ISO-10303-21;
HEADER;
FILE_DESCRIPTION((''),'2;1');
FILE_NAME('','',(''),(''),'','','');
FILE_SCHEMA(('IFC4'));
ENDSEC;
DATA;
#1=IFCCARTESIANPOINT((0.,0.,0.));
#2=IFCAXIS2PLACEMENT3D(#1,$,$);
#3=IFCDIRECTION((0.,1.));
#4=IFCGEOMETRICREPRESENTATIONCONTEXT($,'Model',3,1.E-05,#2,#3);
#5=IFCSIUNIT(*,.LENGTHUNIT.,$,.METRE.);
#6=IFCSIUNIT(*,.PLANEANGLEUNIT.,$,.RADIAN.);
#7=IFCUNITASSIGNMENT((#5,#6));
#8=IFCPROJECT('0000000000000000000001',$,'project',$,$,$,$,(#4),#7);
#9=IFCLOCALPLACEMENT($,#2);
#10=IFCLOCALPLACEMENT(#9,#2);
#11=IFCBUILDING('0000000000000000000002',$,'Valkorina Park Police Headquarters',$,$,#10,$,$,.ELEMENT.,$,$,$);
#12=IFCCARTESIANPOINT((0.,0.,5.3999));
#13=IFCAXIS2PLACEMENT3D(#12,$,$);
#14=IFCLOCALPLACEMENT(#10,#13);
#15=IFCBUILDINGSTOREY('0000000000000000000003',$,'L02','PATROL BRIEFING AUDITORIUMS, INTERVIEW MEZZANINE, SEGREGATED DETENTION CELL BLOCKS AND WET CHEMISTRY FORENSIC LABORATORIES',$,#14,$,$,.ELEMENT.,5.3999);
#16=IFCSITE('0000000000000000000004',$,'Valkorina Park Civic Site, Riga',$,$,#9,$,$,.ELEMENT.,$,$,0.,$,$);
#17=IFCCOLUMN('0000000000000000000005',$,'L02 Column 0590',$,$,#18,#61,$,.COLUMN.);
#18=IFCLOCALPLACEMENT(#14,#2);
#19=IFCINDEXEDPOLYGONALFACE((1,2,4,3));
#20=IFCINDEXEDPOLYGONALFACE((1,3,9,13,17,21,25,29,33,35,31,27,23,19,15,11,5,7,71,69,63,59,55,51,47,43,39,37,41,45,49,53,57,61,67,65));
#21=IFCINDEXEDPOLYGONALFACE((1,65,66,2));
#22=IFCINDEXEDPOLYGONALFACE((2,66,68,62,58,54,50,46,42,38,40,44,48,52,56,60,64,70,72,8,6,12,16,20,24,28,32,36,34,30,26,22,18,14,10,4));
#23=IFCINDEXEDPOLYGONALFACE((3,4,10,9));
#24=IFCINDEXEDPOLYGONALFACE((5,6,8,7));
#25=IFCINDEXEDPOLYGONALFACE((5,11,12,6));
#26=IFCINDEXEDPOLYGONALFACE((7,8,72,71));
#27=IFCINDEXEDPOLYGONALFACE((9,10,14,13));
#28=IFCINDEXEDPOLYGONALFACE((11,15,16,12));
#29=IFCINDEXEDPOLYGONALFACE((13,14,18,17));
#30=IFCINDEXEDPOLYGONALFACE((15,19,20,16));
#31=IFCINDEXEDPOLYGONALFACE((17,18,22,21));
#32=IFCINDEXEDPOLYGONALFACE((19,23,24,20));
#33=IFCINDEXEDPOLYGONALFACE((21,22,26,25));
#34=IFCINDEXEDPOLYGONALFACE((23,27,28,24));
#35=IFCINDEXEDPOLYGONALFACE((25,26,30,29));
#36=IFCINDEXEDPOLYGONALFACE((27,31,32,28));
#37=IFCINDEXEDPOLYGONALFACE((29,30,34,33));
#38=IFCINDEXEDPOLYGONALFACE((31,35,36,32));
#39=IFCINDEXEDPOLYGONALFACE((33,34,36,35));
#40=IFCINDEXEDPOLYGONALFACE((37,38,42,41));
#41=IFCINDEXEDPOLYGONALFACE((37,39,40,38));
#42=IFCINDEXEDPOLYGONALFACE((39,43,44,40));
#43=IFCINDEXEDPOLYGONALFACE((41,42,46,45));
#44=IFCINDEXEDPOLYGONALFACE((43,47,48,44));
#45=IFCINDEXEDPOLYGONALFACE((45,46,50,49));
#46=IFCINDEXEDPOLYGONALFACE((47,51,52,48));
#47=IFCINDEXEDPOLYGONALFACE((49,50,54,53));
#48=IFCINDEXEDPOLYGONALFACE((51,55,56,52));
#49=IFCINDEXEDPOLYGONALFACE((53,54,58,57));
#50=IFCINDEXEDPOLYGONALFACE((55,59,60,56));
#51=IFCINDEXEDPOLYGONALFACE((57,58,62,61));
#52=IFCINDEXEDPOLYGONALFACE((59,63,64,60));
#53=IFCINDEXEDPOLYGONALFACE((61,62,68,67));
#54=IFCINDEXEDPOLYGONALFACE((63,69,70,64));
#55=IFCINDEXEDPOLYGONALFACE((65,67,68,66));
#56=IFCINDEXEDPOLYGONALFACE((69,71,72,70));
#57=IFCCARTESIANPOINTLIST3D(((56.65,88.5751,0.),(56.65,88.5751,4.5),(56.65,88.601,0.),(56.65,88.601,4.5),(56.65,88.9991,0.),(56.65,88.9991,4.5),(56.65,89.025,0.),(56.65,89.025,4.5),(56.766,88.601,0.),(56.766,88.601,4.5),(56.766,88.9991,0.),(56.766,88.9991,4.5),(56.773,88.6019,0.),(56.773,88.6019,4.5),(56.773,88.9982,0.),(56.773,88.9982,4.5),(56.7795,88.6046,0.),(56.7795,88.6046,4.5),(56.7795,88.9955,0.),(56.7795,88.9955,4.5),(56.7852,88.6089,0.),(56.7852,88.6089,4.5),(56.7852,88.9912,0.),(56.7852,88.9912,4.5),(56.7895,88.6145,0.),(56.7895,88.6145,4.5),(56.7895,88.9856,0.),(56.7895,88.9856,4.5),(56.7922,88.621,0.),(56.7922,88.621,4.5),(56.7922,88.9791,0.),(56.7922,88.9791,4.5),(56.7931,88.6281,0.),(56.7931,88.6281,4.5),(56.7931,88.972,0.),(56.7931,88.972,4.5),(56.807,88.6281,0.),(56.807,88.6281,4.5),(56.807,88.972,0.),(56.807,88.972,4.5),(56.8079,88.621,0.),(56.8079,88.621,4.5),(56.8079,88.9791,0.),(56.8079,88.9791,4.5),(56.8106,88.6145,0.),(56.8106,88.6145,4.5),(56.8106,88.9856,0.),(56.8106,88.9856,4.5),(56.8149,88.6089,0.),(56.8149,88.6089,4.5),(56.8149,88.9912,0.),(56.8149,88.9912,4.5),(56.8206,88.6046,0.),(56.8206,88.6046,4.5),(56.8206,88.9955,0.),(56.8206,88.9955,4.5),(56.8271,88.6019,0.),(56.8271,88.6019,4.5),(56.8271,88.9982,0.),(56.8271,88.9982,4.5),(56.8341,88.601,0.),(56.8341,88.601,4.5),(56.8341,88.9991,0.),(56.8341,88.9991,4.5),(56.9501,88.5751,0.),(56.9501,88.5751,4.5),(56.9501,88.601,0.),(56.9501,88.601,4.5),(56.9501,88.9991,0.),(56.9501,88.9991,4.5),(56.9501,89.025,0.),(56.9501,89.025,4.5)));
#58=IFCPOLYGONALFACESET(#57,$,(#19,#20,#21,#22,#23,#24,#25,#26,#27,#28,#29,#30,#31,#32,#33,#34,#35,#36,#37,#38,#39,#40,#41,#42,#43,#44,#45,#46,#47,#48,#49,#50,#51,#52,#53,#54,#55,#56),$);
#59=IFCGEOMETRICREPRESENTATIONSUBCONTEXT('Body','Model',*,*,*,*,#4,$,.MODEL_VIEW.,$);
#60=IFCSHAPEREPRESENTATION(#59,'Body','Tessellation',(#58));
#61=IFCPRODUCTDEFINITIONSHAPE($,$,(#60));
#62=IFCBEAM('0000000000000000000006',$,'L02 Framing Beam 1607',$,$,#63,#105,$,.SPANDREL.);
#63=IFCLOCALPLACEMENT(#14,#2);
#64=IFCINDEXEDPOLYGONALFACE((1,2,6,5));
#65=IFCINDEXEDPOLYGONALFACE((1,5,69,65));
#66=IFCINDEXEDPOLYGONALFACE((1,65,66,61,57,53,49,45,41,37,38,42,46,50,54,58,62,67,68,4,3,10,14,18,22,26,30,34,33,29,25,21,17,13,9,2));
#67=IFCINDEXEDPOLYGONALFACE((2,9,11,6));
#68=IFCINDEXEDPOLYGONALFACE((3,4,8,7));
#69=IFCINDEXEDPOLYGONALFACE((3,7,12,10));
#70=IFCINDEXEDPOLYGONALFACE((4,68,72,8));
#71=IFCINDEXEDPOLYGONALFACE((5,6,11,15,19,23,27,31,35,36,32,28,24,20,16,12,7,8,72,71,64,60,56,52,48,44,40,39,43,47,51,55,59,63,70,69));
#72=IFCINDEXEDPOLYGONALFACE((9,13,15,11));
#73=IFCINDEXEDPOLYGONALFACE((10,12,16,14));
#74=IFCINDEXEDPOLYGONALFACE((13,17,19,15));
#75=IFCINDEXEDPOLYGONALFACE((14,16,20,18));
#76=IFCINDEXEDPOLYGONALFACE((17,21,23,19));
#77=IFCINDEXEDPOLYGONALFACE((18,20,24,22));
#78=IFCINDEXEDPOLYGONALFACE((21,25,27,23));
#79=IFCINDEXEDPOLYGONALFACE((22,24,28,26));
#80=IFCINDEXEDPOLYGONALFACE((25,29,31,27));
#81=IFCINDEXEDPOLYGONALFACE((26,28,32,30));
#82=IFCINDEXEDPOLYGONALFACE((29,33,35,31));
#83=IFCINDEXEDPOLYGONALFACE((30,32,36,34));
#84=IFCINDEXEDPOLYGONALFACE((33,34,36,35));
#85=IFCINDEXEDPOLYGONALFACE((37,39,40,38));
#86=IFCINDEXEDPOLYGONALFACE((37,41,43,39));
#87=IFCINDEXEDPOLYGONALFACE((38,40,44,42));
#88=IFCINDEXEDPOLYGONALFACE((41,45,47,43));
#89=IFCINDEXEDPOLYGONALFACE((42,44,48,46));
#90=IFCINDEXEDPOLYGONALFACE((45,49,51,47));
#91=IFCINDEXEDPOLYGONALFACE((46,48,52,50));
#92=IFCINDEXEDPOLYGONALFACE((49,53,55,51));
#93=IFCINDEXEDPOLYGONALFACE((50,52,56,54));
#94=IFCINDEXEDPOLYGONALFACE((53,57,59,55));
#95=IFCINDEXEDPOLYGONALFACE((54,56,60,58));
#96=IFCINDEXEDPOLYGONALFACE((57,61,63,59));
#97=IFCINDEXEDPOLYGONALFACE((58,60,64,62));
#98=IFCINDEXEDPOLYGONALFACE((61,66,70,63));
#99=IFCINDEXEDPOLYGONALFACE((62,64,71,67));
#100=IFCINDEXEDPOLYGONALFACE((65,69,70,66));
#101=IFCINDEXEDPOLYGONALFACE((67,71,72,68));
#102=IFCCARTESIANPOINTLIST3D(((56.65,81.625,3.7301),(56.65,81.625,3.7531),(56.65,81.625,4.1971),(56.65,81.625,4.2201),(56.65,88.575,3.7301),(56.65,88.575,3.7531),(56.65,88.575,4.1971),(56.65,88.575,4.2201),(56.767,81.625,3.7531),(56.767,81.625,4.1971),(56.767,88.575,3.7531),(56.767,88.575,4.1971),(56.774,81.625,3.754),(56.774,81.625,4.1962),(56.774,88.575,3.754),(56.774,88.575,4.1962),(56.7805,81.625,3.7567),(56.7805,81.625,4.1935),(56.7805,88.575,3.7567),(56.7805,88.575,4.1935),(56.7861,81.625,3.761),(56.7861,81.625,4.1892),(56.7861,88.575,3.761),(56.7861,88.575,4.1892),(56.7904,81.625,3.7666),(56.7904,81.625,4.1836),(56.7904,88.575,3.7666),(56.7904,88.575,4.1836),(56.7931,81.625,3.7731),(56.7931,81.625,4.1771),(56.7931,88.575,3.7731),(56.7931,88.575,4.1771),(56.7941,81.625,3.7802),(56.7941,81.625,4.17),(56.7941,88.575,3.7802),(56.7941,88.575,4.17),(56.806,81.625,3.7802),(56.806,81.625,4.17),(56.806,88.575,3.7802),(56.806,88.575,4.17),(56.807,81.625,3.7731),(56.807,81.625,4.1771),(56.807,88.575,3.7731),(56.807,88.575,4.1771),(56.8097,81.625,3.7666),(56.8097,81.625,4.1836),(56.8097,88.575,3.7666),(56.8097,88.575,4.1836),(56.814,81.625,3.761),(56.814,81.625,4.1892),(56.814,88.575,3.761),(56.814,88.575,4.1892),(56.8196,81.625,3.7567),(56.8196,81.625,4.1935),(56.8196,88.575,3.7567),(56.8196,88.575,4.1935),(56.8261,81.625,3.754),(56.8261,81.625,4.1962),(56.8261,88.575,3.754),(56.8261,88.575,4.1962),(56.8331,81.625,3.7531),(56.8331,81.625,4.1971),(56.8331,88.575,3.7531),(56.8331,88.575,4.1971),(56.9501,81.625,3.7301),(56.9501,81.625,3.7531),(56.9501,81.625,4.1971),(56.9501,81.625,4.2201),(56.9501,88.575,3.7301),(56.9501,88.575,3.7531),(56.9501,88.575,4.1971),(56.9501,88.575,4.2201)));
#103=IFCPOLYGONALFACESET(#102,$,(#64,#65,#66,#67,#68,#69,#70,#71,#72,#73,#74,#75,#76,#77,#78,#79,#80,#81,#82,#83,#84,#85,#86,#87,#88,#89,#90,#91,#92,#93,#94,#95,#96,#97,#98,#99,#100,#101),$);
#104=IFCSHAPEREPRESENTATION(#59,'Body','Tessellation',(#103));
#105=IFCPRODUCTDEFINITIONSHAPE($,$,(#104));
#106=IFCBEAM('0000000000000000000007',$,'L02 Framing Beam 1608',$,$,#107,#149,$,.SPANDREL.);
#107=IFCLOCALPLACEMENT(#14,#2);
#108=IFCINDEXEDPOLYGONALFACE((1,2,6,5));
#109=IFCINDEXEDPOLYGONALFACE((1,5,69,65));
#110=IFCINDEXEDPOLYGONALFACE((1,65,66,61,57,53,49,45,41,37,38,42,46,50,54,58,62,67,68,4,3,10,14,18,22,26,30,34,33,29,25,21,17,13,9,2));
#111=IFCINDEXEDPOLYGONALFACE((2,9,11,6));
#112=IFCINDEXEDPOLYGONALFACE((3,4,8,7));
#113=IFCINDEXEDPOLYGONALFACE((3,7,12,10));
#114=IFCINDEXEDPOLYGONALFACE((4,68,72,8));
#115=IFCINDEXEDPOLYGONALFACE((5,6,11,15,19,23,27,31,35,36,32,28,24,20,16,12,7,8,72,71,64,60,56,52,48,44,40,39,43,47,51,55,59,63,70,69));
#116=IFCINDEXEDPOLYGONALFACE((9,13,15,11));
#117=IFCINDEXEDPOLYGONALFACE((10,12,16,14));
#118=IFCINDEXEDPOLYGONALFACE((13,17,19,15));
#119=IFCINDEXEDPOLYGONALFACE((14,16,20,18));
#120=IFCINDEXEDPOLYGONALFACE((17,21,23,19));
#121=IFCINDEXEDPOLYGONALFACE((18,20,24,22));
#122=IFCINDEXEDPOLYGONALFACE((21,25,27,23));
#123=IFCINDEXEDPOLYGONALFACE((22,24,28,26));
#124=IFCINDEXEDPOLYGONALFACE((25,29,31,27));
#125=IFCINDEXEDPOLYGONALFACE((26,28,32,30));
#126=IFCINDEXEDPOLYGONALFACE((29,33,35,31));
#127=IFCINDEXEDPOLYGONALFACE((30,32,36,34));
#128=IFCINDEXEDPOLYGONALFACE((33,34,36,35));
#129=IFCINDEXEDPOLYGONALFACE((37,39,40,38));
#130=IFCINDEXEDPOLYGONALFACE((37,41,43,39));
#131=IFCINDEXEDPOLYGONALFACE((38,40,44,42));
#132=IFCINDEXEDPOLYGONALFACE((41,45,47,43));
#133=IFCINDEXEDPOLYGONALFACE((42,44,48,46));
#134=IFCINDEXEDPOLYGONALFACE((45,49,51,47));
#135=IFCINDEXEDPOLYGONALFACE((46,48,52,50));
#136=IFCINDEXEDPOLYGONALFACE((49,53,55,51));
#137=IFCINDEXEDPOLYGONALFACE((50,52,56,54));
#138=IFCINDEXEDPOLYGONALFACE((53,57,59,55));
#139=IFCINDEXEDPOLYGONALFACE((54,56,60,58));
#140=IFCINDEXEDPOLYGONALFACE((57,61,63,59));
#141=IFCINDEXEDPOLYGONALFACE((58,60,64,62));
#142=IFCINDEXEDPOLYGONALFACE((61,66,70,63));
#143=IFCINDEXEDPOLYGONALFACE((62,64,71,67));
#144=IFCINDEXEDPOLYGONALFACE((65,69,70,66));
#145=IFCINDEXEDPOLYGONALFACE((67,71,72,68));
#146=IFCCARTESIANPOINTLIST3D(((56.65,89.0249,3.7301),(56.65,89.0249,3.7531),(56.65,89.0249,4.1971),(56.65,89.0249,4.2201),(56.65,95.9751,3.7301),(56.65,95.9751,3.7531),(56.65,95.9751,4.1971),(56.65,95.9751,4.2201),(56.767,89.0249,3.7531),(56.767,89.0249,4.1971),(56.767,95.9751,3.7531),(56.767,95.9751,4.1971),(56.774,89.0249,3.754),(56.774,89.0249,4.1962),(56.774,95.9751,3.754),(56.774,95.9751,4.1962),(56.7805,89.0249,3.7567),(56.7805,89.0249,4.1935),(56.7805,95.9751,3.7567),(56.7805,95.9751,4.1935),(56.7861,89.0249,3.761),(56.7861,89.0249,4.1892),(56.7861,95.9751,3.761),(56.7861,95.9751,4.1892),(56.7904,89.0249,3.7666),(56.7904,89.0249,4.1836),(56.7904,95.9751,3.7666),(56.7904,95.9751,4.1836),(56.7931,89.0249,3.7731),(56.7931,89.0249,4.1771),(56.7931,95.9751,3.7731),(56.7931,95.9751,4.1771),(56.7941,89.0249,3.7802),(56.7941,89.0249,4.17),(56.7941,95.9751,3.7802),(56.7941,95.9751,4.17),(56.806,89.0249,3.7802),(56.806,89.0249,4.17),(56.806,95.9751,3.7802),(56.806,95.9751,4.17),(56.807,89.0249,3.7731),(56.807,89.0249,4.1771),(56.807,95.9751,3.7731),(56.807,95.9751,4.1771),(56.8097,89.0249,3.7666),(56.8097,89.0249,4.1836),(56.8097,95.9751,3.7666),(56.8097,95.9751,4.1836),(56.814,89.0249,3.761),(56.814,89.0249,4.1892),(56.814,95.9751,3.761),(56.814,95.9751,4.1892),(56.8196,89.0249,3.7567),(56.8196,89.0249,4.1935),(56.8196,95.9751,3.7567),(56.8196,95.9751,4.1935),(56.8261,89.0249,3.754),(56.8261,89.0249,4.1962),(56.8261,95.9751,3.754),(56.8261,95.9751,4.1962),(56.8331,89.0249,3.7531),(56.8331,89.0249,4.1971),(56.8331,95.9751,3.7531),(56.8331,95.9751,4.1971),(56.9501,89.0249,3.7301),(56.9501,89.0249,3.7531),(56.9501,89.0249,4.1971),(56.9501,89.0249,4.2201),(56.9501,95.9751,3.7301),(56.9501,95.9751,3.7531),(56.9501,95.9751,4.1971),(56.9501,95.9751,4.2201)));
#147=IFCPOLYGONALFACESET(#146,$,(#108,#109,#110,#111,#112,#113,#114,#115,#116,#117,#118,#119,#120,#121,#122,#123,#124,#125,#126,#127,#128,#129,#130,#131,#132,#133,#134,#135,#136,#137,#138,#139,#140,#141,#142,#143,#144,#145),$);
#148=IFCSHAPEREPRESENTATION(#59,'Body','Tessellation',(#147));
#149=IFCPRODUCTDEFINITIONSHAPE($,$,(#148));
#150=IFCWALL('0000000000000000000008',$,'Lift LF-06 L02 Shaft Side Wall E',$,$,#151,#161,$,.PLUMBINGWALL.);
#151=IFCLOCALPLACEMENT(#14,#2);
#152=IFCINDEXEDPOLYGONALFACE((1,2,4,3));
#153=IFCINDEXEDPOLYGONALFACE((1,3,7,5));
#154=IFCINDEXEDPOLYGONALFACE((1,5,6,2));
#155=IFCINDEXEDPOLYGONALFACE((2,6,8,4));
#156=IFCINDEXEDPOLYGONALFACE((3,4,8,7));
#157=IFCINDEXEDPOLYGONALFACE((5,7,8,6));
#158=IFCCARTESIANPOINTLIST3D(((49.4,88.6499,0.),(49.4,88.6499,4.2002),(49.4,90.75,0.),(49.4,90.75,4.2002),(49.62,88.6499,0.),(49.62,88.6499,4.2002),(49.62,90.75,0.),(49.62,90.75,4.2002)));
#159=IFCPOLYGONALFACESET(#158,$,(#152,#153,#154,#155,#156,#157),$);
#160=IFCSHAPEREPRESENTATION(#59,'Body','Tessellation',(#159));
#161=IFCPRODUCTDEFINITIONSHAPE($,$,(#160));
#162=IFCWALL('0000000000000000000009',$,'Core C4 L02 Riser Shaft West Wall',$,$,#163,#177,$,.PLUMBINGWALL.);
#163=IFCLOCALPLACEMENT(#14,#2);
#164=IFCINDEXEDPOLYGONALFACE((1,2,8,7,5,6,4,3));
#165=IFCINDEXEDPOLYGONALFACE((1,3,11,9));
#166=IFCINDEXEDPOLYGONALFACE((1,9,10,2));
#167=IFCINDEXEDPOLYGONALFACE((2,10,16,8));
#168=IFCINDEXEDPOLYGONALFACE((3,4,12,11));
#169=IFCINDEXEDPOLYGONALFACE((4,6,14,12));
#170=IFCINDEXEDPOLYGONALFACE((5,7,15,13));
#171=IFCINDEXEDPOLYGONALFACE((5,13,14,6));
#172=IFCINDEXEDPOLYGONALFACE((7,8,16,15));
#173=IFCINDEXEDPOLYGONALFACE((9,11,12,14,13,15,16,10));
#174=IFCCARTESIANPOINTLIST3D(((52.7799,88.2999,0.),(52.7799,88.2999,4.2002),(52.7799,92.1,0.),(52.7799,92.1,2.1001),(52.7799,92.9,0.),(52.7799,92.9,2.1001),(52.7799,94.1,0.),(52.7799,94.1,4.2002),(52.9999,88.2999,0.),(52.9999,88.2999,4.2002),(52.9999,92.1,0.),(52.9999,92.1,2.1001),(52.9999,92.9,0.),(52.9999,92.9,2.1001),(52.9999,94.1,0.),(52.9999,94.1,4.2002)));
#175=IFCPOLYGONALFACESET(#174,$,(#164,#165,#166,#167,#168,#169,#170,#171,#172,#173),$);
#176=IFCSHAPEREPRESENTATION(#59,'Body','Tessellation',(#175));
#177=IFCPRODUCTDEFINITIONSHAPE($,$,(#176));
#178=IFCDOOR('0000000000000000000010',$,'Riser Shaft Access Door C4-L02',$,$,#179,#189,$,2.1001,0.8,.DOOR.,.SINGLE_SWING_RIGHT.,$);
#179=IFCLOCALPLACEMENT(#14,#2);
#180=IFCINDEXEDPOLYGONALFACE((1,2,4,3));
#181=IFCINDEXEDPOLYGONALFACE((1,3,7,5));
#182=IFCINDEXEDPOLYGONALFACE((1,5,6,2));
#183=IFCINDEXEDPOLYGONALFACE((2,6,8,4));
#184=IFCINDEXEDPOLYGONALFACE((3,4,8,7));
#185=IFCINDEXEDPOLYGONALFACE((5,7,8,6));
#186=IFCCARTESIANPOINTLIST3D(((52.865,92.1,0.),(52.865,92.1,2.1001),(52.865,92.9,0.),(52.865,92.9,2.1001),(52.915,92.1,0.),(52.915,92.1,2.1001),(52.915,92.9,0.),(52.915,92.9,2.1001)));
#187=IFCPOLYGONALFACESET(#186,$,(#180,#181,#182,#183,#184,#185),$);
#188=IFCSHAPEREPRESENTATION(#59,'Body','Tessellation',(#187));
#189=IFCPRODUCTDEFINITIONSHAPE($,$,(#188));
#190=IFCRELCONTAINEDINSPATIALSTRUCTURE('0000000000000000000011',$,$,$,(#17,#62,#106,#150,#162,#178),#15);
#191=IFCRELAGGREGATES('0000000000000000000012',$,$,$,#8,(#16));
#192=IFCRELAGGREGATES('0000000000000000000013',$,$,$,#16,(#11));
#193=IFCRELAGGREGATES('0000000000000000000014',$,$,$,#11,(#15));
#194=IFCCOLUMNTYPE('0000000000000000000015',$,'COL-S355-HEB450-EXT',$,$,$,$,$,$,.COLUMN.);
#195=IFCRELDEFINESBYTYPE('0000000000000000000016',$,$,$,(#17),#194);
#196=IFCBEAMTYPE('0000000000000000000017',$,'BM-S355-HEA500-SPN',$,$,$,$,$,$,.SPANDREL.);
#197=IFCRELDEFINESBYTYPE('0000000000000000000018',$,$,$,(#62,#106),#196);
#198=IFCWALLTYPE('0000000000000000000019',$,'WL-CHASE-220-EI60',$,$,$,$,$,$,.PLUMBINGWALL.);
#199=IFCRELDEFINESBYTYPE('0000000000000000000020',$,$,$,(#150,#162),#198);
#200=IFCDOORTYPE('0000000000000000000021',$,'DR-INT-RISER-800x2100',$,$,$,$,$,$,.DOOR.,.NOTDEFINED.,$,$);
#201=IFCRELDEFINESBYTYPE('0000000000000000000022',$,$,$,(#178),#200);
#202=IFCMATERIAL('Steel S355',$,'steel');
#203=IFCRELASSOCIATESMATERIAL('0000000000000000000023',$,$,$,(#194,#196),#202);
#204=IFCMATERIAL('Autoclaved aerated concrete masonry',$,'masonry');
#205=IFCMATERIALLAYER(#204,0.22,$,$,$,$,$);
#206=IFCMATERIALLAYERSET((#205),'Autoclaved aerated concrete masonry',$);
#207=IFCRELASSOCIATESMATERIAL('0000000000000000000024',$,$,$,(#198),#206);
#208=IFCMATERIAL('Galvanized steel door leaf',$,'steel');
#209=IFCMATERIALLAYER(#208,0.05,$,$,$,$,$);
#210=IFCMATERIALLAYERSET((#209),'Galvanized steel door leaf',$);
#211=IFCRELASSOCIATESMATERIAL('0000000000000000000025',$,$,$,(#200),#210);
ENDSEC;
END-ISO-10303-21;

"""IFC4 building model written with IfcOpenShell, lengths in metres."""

from ifc_helpers import new_model, si_unit, direction, frame, frame_2d, origin, origin_2d, place, context, subcontext, project, spatial, rectangle, i_section, extrude, material, layer, layer_set, material_profile, profile_set, type_object, element, fill, save


model = new_model("IFC4")

# Units and contexts
model_context = context("Model", 3, precision=1e-05, world=origin(), true_north=direction((0.0, 1.0)))
body_context = subcontext(model_context, "Body", "Model", "MODEL_VIEW")
ifc_project = project(units=[si_unit("LENGTHUNIT", "METRE"), si_unit("PLANEANGLEUNIT", "RADIAN")], contexts=[model_context])

# Site, building, storey
site_placement = place(None, origin())
site = spatial("IfcSite", under=ifc_project, at=site_placement, Name="Valkorina Park Civic Site, Riga", CompositionType="ELEMENT", RefElevation=0.0)
building_placement = place(site_placement, origin())
building = spatial("IfcBuilding", under=site, at=building_placement, Name="Valkorina Park Police Headquarters", CompositionType="ELEMENT")
storey_placement = place(building_placement, frame((0.0, 0.0, 5.3999)))
storey = spatial("IfcBuildingStorey", under=building, at=storey_placement, Name="L02", Description="PATROL BRIEFING AUDITORIUMS, INTERVIEW MEZZANINE, SEGREGATED DETENTION CELL BLOCKS AND WET CHEMISTRY FORENSIC LABORATORIES", CompositionType="ELEMENT", Elevation=5.3999)

# Column
ifc_material_1 = material(Name="Steel S355", Category="steel")
ifc_material_profile_1 = material_profile(ifc_material_1, i_section(OverallWidth=0.3, OverallDepth=0.45, WebThickness=0.0139, FlangeThickness=0.0259, FilletRadius=0.0271, at=origin_2d()), Name="HEB 450")
ifc_profile_set_1 = profile_set([ifc_material_profile_1], Name="Steel S355")
column_type = type_object("IfcColumnType", Name="COL-S355-HEB450-EXT", PredefinedType="COLUMN", material=ifc_profile_set_1)
column_placement = place(storey_placement, frame((56.8, 88.8, 0.0), z_axis=(0.0, 0.0, 1.0), x_axis=(1.0, 0.0, 0.0)))
element("IfcColumn", 1, at=column_placement, inside=storey, type_object=column_type, Name="L02 Column 0590", PredefinedType="COLUMN", context=body_context, shape_type="SweptSolid", body=[
    extrude(i_section(OverallWidth=0.3, OverallDepth=0.45, WebThickness=0.0139, FlangeThickness=0.0259, FilletRadius=0.0271, at=origin_2d()), origin(), (0.0, 0.0, 1.0), 4.5),
])

# Beams
ifc_material_profile_2 = material_profile(ifc_material_1, i_section(OverallWidth=0.3, OverallDepth=0.49, WebThickness=0.012, FlangeThickness=0.0229, FilletRadius=0.0271, at=origin_2d()), Name="HEA 500")
ifc_profile_set_2 = profile_set([ifc_material_profile_2], Name="Steel S355")
beam_type = type_object("IfcBeamType", Name="BM-S355-HEA500-SPN", PredefinedType="SPANDREL", material=ifc_profile_set_2)
beam_1_placement = place(storey_placement, frame((56.8, 81.625, 3.9751), z_axis=(0.0, 1.0, 0.0), x_axis=(-1.0, 0.0, 0.0)))
element("IfcBeam", 2, at=beam_1_placement, inside=storey, type_object=beam_type, Name="L02 Framing Beam 1607", PredefinedType="SPANDREL", context=body_context, shape_type="SweptSolid", body=[
    extrude(i_section(OverallWidth=0.3, OverallDepth=0.49, WebThickness=0.012, FlangeThickness=0.0229, FilletRadius=0.0271, at=origin_2d()), origin(), (0.0, 0.0, 1.0), 6.95),
])
beam_2_placement = place(storey_placement, frame((56.8, 89.0249, 3.9751), z_axis=(0.0, 1.0, 0.0), x_axis=(-1.0, 0.0, 0.0)))
element("IfcBeam", 3, at=beam_2_placement, inside=storey, type_object=beam_type, Name="L02 Framing Beam 1608", PredefinedType="SPANDREL", context=body_context, shape_type="SweptSolid", body=[
    extrude(i_section(OverallWidth=0.3, OverallDepth=0.49, WebThickness=0.012, FlangeThickness=0.0229, FilletRadius=0.0271, at=origin_2d()), origin(), (0.0, 0.0, 1.0), 6.9502),
])

# Wall
ifc_material_2 = material(Name="Autoclaved aerated concrete masonry", Category="masonry")
ifc_layer_1 = layer(ifc_material_2, 0.22)
ifc_layer_set_1 = layer_set([ifc_layer_1], Name="Autoclaved aerated concrete masonry")
wall_type_1 = type_object("IfcWallType", Name="WL-CHASE-220-EI60", PredefinedType="PLUMBINGWALL", material=ifc_layer_set_1)
wall_1_placement = place(storey_placement, frame((49.51, 88.6499, 0.0), z_axis=(0.0, 0.0, 1.0), x_axis=(0.0, 1.0, 0.0)))
element("IfcWall", 4, at=wall_1_placement, inside=storey, type_object=wall_type_1, Name="Lift LF-06 L02 Shaft Side Wall E", PredefinedType="PLUMBINGWALL", context=body_context, shape_type="SweptSolid", body=[
    extrude(rectangle(XDim=2.1001, YDim=0.22, at=frame_2d((1.05, 0.0))), origin(), (0.0, 0.0, 1.0), 4.2002),
])

# Wall, opening, door
wall_2_placement = place(storey_placement, frame((52.8899, 88.3, 0.0), z_axis=(0.0, 0.0, 1.0), x_axis=(0.0, 1.0, 0.0)))
wall_2 = element("IfcWall", 5, at=wall_2_placement, inside=storey, type_object=wall_type_1, Name="Core C4 L02 Riser Shaft West Wall", PredefinedType="PLUMBINGWALL", context=body_context, shape_type="SweptSolid", body=[
    extrude(rectangle(XDim=5.8, YDim=0.22, at=frame_2d((2.8999, 0.0))), origin(), (0.0, 0.0, 1.0), 4.2002),
])
opening_1_placement = place(wall_2_placement, frame((3.8, 0.0, 0.0)))
opening_1 = element("IfcOpeningElement", 6, at=opening_1_placement, cuts=wall_2, PredefinedType="OPENING", context=body_context, shape_type="SweptSolid", body=[
    extrude(rectangle(XDim=0.8, YDim=2.1001, at=frame_2d((0.3999, 1.05))), frame((0.0, 0.1201, 0.0), z_axis=(0.0, -1.0, 0.0), x_axis=(1.0, 0.0, 0.0)), (0.0, 0.0, 1.0), 0.24),
])
ifc_material_3 = material(Name="Galvanized steel door leaf", Category="steel")
ifc_layer_2 = layer(ifc_material_3, 0.05)
ifc_layer_set_2 = layer_set([ifc_layer_2], Name="Galvanized steel door leaf")
door_type = type_object("IfcDoorType", Name="DR-INT-RISER-800x2100", OperationType="NOTDEFINED", PredefinedType="DOOR", material=ifc_layer_set_2)
door_placement = place(opening_1_placement, origin())
door = element("IfcDoor", 7, at=door_placement, inside=storey, type_object=door_type, Name="Riser Shaft Access Door C4-L02", OperationType="SINGLE_SWING_RIGHT", OverallHeight=2.1001, OverallWidth=0.8, PredefinedType="DOOR", context=body_context, shape_type="SweptSolid", body=[
    extrude(rectangle(XDim=0.8, YDim=2.1001, at=frame_2d((0.3999, 1.05))), frame((0.0, 0.0249, 0.0), z_axis=(0.0, -1.0, 0.0), x_axis=(1.0, 0.0, 0.0)), (0.0, 0.0, 1.0), 0.05),
])
fill(opening_1, door)

save(model, "model.ifc")
